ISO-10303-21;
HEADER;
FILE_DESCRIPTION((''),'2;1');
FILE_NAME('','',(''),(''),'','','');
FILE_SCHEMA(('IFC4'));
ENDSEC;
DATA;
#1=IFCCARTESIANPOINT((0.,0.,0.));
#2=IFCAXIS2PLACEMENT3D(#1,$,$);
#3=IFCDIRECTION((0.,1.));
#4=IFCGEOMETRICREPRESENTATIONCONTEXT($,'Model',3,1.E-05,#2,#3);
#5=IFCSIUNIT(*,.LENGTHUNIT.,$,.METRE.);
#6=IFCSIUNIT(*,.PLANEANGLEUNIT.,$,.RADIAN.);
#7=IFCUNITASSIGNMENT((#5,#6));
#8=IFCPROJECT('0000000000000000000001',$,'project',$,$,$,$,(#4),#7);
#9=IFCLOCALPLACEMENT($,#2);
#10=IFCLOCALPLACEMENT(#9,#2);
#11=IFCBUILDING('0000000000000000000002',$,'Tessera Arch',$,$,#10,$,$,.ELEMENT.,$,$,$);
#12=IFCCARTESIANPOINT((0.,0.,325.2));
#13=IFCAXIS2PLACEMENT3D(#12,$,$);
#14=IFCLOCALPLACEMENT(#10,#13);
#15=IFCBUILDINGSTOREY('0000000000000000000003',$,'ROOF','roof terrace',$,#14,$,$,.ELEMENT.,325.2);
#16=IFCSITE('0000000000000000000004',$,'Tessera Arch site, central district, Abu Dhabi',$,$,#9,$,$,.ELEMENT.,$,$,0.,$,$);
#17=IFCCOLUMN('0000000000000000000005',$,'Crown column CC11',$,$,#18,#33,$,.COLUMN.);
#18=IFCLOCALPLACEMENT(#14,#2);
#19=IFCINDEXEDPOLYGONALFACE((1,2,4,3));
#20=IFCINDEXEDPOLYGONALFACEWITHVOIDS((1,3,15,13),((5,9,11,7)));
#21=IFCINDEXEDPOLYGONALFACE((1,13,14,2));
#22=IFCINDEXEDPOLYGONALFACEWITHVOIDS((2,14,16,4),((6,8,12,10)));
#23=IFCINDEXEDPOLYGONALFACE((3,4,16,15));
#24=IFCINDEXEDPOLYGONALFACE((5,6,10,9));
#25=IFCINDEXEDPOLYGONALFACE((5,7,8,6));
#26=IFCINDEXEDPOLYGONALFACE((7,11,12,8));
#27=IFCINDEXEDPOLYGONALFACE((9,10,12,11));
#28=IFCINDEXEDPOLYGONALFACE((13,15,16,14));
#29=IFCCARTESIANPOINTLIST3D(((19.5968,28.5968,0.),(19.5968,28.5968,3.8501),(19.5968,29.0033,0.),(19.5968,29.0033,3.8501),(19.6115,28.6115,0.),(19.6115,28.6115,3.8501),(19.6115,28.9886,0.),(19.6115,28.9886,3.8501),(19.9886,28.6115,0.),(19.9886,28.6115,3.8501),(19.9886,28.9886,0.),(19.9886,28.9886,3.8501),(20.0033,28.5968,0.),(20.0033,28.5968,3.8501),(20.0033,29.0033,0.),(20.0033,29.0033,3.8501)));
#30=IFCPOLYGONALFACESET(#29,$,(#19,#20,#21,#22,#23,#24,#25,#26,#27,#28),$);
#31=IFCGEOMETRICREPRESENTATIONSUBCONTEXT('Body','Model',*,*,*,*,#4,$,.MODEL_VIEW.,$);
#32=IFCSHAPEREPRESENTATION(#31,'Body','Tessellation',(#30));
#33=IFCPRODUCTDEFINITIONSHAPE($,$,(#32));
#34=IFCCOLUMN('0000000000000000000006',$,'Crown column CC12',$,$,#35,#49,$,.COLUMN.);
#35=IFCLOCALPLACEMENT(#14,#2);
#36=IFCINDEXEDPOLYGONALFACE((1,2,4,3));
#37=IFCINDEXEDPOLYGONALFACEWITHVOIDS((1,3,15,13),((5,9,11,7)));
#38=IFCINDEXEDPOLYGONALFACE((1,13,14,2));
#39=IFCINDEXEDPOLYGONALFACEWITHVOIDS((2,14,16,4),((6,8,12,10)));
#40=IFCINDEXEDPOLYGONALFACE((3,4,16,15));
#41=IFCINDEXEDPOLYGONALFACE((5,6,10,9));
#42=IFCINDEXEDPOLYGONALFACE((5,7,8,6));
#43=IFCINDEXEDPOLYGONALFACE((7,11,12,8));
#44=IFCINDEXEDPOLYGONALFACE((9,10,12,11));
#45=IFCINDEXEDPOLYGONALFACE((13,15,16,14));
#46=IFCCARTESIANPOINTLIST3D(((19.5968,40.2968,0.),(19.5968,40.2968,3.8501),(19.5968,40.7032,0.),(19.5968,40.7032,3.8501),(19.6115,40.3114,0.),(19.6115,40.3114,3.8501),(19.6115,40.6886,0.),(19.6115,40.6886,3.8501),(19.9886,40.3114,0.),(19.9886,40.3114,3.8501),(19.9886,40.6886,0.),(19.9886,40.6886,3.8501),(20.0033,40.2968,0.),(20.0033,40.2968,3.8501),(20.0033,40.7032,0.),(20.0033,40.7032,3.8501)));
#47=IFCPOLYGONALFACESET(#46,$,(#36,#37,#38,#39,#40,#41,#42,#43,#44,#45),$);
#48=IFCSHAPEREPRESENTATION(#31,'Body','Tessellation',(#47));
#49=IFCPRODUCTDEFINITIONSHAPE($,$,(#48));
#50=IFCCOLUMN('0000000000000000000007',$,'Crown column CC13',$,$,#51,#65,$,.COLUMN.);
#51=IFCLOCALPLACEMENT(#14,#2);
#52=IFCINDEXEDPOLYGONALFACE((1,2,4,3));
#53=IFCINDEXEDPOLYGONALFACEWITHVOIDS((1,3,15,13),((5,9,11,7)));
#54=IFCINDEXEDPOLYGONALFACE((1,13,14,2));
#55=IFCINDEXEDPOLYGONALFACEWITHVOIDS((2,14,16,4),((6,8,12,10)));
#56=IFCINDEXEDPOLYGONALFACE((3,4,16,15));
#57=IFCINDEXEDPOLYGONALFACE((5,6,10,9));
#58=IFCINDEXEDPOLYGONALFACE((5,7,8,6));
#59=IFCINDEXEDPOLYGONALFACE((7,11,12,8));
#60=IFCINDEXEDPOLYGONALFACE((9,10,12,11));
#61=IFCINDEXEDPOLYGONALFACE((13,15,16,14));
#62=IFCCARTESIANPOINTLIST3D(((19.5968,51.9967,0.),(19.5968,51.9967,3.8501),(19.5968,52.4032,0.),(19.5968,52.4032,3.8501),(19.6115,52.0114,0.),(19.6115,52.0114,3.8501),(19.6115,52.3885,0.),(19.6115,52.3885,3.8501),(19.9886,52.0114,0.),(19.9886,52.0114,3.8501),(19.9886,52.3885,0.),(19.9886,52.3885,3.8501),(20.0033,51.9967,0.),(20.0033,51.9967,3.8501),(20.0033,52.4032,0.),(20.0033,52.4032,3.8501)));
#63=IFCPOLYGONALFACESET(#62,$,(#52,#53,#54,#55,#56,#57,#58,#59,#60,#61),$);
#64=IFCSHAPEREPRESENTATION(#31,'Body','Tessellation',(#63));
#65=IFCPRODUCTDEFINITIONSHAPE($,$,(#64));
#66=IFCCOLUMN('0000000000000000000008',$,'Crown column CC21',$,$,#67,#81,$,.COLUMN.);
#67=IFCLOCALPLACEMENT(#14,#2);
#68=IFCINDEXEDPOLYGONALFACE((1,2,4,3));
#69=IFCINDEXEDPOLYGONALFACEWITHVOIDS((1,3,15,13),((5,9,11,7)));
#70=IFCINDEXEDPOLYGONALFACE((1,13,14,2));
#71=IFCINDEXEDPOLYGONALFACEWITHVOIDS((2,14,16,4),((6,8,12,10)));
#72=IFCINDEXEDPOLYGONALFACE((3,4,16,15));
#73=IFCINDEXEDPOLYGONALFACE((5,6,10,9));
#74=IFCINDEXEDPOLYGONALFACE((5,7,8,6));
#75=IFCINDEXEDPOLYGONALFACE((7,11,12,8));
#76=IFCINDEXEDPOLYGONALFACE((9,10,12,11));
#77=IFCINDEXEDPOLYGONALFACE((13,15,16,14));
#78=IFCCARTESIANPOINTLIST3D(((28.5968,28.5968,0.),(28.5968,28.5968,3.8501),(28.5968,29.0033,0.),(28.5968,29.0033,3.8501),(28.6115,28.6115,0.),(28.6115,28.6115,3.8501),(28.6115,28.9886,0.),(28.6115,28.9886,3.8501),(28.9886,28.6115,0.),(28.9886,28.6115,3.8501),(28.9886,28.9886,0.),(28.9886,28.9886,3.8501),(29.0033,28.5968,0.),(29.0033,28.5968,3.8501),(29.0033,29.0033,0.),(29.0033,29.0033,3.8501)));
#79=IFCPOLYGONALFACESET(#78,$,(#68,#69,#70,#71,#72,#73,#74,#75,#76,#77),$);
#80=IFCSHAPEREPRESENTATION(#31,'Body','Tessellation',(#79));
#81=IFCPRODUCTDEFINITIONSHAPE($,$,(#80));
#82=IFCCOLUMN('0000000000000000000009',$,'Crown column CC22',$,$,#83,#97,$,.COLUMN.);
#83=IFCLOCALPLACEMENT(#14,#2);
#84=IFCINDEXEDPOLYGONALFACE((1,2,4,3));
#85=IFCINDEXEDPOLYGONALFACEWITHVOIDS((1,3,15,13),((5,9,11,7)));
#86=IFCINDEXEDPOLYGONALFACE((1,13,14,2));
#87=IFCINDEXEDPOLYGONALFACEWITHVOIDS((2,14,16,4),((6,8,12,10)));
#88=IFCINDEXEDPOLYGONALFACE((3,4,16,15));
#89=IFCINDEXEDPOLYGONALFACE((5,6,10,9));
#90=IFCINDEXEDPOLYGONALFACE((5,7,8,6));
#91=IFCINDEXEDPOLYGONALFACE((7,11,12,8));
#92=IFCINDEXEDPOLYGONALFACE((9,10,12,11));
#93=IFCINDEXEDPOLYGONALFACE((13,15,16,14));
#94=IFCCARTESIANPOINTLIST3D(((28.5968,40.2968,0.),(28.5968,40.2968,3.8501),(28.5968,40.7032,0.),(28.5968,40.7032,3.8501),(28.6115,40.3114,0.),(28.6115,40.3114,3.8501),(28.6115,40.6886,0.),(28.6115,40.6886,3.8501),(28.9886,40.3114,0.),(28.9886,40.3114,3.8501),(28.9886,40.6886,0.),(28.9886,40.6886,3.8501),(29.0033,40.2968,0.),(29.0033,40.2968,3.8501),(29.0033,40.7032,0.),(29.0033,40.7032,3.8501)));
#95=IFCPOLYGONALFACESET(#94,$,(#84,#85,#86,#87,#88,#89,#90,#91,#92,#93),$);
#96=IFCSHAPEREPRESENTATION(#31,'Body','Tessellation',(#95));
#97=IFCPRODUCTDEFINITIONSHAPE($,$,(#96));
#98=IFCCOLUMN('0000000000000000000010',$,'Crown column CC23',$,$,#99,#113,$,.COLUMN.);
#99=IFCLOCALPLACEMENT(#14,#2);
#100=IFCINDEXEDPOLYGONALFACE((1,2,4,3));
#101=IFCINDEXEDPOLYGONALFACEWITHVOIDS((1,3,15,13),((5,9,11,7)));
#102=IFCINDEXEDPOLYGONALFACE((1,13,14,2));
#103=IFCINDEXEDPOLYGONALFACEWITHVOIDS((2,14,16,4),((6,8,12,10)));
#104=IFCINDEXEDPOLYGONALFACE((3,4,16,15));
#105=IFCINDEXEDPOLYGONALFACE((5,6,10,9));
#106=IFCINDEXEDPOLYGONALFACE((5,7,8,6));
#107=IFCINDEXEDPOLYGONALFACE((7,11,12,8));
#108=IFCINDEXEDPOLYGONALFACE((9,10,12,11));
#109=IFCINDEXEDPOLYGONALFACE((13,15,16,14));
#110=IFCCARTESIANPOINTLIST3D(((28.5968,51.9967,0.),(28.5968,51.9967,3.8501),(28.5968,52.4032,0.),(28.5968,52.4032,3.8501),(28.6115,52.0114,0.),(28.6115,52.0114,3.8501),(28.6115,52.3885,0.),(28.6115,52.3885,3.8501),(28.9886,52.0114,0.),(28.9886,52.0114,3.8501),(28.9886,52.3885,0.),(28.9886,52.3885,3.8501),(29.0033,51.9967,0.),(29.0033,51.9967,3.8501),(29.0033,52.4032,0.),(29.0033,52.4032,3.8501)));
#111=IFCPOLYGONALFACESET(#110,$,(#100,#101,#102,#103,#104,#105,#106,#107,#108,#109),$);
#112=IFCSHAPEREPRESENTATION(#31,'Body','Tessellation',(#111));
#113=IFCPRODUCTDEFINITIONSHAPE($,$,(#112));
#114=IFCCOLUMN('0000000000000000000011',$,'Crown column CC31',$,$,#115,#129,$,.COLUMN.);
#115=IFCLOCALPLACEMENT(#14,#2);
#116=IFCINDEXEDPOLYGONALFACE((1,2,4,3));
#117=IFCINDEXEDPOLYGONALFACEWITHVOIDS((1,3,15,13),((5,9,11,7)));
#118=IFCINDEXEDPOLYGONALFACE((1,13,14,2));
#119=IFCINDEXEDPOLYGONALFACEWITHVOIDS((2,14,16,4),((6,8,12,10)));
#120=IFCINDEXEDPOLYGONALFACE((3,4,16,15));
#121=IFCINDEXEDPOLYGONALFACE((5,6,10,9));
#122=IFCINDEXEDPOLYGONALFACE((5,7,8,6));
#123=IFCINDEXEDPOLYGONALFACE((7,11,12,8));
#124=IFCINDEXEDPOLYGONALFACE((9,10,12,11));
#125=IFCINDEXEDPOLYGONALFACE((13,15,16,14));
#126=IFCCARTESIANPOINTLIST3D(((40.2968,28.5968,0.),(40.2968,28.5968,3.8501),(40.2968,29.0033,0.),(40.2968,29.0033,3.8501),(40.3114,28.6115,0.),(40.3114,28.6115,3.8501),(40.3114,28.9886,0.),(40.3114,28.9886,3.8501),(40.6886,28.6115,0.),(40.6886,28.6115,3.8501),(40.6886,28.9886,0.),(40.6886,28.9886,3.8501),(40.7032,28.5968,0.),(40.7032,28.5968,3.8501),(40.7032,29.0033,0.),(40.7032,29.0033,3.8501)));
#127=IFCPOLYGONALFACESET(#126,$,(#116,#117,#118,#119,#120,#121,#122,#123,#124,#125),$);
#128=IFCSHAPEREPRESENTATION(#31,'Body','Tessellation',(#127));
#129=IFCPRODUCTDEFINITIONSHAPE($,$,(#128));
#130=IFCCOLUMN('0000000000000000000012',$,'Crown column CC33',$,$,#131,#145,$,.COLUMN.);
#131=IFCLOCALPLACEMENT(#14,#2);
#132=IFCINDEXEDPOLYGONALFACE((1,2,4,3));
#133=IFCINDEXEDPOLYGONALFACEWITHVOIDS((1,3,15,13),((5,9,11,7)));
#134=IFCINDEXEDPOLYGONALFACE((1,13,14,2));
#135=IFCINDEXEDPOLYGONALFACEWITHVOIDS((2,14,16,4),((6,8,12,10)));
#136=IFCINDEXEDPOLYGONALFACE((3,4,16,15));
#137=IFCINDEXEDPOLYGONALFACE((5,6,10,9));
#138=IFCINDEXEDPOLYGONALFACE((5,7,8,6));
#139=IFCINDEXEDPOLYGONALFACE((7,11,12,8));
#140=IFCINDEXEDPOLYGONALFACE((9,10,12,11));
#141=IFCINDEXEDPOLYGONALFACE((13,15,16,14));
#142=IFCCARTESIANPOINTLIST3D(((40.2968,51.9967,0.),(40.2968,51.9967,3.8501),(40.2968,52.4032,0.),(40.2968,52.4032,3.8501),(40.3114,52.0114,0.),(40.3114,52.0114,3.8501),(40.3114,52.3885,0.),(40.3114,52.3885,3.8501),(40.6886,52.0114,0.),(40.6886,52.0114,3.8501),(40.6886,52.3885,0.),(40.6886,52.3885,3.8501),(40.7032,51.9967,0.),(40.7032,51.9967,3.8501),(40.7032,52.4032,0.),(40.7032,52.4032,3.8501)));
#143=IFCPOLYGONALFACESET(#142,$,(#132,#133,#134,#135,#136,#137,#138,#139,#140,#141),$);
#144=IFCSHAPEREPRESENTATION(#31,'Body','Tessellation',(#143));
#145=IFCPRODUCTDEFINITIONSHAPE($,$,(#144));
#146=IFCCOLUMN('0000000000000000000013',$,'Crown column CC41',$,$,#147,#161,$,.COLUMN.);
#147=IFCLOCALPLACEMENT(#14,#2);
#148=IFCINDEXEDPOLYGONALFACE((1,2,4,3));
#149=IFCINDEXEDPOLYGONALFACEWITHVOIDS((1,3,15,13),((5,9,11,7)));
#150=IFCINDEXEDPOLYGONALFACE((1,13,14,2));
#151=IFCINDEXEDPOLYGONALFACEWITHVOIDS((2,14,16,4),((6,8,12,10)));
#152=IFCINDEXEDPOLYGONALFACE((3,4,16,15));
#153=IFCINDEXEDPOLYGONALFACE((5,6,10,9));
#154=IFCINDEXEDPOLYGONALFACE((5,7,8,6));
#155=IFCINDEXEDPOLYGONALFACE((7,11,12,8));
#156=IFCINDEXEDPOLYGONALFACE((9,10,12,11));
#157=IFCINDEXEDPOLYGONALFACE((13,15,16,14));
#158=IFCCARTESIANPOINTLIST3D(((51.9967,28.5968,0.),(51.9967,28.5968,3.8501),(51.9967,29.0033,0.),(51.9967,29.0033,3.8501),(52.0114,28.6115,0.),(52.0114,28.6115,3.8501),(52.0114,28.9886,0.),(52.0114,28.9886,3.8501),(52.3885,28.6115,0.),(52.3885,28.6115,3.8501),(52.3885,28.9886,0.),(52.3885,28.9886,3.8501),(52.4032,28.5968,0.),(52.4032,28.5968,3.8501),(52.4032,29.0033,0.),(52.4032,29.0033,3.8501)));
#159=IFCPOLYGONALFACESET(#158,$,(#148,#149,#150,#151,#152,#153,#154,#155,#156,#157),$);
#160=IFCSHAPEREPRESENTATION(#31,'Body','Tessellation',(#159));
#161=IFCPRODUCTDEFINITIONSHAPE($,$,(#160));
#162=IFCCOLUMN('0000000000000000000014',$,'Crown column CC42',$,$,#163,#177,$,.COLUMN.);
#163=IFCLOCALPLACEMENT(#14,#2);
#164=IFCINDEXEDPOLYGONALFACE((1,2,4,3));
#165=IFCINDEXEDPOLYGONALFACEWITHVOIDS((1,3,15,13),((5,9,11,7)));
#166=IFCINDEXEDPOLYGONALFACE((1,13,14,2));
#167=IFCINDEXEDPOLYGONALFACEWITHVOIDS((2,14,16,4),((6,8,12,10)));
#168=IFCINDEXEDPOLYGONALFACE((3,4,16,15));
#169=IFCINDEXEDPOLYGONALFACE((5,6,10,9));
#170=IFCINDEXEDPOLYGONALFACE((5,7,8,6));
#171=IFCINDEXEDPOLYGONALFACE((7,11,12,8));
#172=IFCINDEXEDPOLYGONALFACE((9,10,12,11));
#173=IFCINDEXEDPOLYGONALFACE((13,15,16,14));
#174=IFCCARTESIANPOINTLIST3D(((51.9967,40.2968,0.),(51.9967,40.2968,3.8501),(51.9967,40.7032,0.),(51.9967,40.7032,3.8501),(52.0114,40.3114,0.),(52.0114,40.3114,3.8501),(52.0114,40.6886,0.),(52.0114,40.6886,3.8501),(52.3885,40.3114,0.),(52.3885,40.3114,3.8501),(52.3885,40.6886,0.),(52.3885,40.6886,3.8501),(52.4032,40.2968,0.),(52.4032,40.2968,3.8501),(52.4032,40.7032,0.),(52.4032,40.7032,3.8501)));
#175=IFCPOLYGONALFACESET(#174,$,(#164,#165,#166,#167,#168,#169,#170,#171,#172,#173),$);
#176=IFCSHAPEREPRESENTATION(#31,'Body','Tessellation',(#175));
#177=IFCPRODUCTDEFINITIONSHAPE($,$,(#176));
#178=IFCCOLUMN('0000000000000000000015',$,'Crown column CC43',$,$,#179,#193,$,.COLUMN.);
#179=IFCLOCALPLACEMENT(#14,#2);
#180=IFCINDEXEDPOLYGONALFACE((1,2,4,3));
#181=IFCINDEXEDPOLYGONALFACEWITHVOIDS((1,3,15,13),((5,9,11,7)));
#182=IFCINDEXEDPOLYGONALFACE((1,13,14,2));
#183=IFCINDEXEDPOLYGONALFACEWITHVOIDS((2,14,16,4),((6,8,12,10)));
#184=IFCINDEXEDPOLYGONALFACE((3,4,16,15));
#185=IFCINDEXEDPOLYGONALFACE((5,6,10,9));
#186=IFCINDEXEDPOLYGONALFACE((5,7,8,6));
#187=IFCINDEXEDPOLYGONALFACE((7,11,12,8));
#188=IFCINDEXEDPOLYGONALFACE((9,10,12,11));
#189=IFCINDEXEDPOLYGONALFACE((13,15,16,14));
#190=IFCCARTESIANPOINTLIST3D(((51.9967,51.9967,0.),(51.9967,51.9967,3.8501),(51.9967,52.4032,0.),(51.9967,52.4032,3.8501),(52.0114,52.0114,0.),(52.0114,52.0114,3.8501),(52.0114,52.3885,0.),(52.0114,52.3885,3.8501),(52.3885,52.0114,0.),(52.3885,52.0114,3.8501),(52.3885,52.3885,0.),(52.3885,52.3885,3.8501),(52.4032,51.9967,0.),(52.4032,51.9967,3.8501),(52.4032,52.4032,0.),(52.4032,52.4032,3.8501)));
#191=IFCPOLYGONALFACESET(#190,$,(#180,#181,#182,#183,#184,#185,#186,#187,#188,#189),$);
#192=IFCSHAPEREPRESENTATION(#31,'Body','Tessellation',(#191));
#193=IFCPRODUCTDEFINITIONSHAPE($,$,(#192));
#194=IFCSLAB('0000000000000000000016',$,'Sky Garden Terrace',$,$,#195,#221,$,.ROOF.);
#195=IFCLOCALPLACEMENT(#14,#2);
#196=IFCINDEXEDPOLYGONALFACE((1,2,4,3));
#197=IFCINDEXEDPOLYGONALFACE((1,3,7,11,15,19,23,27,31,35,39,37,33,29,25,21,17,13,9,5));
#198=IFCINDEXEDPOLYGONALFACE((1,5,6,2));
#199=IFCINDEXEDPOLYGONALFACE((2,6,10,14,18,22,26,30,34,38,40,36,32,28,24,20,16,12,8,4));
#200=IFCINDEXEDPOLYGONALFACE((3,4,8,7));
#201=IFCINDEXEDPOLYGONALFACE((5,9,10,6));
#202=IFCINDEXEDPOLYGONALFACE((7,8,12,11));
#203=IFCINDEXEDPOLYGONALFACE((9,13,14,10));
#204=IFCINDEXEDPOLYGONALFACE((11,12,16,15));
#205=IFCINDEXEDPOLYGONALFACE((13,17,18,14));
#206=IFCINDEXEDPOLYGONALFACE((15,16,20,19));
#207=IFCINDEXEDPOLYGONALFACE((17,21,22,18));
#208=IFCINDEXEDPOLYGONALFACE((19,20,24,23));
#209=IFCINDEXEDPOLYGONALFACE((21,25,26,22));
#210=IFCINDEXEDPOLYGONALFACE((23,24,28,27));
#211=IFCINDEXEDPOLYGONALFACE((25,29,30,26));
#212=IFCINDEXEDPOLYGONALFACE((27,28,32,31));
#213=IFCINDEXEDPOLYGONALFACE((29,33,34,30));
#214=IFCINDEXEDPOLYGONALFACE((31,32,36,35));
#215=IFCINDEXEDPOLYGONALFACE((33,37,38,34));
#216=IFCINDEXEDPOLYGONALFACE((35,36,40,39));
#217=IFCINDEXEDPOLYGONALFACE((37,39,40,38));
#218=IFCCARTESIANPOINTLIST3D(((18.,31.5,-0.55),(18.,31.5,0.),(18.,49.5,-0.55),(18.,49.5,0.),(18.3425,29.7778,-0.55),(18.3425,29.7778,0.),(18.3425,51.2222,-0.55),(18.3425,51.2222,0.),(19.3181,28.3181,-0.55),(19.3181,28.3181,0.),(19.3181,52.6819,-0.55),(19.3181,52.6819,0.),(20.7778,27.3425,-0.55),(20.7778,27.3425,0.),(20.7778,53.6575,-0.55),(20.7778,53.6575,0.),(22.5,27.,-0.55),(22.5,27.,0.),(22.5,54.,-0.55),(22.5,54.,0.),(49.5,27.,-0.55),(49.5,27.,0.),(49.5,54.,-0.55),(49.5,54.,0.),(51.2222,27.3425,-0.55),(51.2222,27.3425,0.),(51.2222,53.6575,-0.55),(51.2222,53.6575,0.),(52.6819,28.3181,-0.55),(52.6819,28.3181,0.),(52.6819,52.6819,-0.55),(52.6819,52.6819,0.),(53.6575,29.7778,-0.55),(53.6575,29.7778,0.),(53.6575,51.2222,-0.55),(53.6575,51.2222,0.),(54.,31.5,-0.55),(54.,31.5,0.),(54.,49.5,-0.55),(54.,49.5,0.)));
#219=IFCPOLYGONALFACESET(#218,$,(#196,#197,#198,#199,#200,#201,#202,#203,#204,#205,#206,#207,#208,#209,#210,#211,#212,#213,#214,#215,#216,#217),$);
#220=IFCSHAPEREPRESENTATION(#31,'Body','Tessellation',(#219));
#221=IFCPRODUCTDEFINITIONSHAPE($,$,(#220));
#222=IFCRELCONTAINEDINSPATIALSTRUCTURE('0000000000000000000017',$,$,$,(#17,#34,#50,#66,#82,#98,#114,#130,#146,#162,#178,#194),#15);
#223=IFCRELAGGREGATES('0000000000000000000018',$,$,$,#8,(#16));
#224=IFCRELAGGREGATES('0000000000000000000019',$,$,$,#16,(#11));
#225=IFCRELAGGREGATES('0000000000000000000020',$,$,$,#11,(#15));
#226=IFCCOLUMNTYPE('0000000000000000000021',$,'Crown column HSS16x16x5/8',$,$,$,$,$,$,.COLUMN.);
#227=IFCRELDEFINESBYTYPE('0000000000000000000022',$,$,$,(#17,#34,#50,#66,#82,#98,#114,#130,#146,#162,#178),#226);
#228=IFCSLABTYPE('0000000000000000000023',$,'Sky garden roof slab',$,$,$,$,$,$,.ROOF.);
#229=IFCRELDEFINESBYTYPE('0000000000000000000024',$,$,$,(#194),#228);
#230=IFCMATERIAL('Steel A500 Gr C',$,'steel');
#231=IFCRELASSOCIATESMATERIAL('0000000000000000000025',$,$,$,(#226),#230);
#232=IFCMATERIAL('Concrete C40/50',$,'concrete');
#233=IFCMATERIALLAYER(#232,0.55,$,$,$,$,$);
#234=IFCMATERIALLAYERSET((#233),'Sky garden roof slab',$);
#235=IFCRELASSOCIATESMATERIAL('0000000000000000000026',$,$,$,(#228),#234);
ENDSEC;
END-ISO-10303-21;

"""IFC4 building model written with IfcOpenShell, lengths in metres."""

from ifc_helpers import new_model, si_unit, direction, frame, origin, origin_2d, place, context, subcontext, project, spatial, polyline, hollow_rectangle, outline, extrude, material, layer, layer_set, material_profile, profile_set, type_object, element, save


model = new_model("IFC4")

# Units and contexts
model_context = context("Model", 3, precision=1e-05, world=origin(), true_north=direction((0.0, 1.0)))
body_context = subcontext(model_context, "Body", "Model", "MODEL_VIEW")
ifc_project = project(units=[si_unit("LENGTHUNIT", "METRE"), si_unit("PLANEANGLEUNIT", "RADIAN")], contexts=[model_context])

# Site, building, storey
site_placement = place(None, origin())
site = spatial("IfcSite", under=ifc_project, at=site_placement, Name="Tessera Arch site, central district, Abu Dhabi", CompositionType="ELEMENT", RefElevation=0.0)
building_placement = place(site_placement, origin())
building = spatial("IfcBuilding", under=site, at=building_placement, Name="Tessera Arch", CompositionType="ELEMENT")
storey_placement = place(building_placement, frame((0.0, 0.0, 325.2)))
storey = spatial("IfcBuildingStorey", under=building, at=storey_placement, Name="ROOF", Description="roof terrace", CompositionType="ELEMENT", Elevation=325.2)

# Columns
ifc_material_1 = material(Name="Steel A500 Gr C", Category="steel")
ifc_material_profile = material_profile(ifc_material_1, hollow_rectangle(XDim=0.4065, YDim=0.4065, WallThickness=0.0146, at=origin_2d()), Name="HSS16x16x5/8")
ifc_profile_set = profile_set([ifc_material_profile], Name="Steel A500 Gr C")
column_type = type_object("IfcColumnType", Name="Crown column HSS16x16x5/8", PredefinedType="COLUMN", material=ifc_profile_set)
for number, where, z_axis, x_axis, name in (
    (1, (19.8, 28.8, 0.0), (0.0, 0.0, 1.0), (1.0, 0.0, 0.0), "Crown column CC11"),
    (2, (19.8, 40.5, 0.0), (0.0, 0.0, 1.0), (1.0, 0.0, 0.0), "Crown column CC12"),
    (3, (19.8, 52.2, 0.0), (0.0, 0.0, 1.0), (1.0, 0.0, 0.0), "Crown column CC13"),
    (4, (28.8, 28.8, 0.0), (0.0, 0.0, 1.0), (1.0, 0.0, 0.0), "Crown column CC21"),
    (5, (28.8, 40.5, 0.0), (0.0, 0.0, 1.0), (1.0, 0.0, 0.0), "Crown column CC22"),
    (6, (28.8, 52.2, 0.0), (0.0, 0.0, 1.0), (1.0, 0.0, 0.0), "Crown column CC23"),
    (7, (40.5, 28.8, 0.0), (0.0, 0.0, 1.0), (1.0, 0.0, 0.0), "Crown column CC31"),
    (8, (40.5, 52.2, 0.0), (0.0, 0.0, 1.0), (1.0, 0.0, 0.0), "Crown column CC33"),
    (9, (52.2, 28.8, 0.0), (0.0, 0.0, 1.0), (1.0, 0.0, 0.0), "Crown column CC41"),
    (10, (52.2, 40.5, 0.0), (0.0, 0.0, 1.0), (1.0, 0.0, 0.0), "Crown column CC42"),
    (11, (52.2, 52.2, 0.0), (0.0, 0.0, 1.0), (1.0, 0.0, 0.0), "Crown column CC43"),
):
    element("IfcColumn", number, at=place(storey_placement, frame(where, z_axis=z_axis, x_axis=x_axis)), inside=storey, type_object=column_type, Name=name, PredefinedType="COLUMN", context=body_context, shape_type="SweptSolid", body=[
        extrude(hollow_rectangle(XDim=0.4065, YDim=0.4065, WallThickness=0.0146, at=origin_2d()), origin(), (0.0, 0.0, 1.0), 3.8501),
    ])

# Slab
ifc_material_2 = material(Name="Concrete C40/50", Category="concrete")
ifc_layer = layer(ifc_material_2, 0.55)
ifc_layer_set = layer_set([ifc_layer], Name="Sky garden roof slab")
slab_type = type_object("IfcSlabType", Name="Sky garden roof slab", PredefinedType="ROOF", material=ifc_layer_set)
slab_placement = place(storey_placement, frame((0.0, 0.0, -0.55)))
element("IfcSlab", 12, at=slab_placement, inside=storey, type_object=slab_type, Name="Sky Garden Terrace", PredefinedType="ROOF", context=body_context, shape_type="SweptSolid", body=[
    extrude(outline(polyline([(54.0, 31.5), (54.0, 49.5), (53.6575, 51.2222), (52.6819, 52.6819), (51.2222, 53.6575), (49.5, 54.0), (22.5, 54.0), (20.7778, 53.6575), (19.3181, 52.6819), (18.3425, 51.2222), (18.0, 49.5), (18.0, 31.5), (18.3425, 29.7778), (19.3181, 28.3181), (20.7778, 27.3425), (22.5, 27.0), (49.5, 27.0), (51.2222, 27.3425), (52.6819, 28.3181), (53.6575, 29.7778), (54.0, 31.5)])), origin(), (0.0, 0.0, 1.0), 0.55),
])

save(model, "model.ifc")
